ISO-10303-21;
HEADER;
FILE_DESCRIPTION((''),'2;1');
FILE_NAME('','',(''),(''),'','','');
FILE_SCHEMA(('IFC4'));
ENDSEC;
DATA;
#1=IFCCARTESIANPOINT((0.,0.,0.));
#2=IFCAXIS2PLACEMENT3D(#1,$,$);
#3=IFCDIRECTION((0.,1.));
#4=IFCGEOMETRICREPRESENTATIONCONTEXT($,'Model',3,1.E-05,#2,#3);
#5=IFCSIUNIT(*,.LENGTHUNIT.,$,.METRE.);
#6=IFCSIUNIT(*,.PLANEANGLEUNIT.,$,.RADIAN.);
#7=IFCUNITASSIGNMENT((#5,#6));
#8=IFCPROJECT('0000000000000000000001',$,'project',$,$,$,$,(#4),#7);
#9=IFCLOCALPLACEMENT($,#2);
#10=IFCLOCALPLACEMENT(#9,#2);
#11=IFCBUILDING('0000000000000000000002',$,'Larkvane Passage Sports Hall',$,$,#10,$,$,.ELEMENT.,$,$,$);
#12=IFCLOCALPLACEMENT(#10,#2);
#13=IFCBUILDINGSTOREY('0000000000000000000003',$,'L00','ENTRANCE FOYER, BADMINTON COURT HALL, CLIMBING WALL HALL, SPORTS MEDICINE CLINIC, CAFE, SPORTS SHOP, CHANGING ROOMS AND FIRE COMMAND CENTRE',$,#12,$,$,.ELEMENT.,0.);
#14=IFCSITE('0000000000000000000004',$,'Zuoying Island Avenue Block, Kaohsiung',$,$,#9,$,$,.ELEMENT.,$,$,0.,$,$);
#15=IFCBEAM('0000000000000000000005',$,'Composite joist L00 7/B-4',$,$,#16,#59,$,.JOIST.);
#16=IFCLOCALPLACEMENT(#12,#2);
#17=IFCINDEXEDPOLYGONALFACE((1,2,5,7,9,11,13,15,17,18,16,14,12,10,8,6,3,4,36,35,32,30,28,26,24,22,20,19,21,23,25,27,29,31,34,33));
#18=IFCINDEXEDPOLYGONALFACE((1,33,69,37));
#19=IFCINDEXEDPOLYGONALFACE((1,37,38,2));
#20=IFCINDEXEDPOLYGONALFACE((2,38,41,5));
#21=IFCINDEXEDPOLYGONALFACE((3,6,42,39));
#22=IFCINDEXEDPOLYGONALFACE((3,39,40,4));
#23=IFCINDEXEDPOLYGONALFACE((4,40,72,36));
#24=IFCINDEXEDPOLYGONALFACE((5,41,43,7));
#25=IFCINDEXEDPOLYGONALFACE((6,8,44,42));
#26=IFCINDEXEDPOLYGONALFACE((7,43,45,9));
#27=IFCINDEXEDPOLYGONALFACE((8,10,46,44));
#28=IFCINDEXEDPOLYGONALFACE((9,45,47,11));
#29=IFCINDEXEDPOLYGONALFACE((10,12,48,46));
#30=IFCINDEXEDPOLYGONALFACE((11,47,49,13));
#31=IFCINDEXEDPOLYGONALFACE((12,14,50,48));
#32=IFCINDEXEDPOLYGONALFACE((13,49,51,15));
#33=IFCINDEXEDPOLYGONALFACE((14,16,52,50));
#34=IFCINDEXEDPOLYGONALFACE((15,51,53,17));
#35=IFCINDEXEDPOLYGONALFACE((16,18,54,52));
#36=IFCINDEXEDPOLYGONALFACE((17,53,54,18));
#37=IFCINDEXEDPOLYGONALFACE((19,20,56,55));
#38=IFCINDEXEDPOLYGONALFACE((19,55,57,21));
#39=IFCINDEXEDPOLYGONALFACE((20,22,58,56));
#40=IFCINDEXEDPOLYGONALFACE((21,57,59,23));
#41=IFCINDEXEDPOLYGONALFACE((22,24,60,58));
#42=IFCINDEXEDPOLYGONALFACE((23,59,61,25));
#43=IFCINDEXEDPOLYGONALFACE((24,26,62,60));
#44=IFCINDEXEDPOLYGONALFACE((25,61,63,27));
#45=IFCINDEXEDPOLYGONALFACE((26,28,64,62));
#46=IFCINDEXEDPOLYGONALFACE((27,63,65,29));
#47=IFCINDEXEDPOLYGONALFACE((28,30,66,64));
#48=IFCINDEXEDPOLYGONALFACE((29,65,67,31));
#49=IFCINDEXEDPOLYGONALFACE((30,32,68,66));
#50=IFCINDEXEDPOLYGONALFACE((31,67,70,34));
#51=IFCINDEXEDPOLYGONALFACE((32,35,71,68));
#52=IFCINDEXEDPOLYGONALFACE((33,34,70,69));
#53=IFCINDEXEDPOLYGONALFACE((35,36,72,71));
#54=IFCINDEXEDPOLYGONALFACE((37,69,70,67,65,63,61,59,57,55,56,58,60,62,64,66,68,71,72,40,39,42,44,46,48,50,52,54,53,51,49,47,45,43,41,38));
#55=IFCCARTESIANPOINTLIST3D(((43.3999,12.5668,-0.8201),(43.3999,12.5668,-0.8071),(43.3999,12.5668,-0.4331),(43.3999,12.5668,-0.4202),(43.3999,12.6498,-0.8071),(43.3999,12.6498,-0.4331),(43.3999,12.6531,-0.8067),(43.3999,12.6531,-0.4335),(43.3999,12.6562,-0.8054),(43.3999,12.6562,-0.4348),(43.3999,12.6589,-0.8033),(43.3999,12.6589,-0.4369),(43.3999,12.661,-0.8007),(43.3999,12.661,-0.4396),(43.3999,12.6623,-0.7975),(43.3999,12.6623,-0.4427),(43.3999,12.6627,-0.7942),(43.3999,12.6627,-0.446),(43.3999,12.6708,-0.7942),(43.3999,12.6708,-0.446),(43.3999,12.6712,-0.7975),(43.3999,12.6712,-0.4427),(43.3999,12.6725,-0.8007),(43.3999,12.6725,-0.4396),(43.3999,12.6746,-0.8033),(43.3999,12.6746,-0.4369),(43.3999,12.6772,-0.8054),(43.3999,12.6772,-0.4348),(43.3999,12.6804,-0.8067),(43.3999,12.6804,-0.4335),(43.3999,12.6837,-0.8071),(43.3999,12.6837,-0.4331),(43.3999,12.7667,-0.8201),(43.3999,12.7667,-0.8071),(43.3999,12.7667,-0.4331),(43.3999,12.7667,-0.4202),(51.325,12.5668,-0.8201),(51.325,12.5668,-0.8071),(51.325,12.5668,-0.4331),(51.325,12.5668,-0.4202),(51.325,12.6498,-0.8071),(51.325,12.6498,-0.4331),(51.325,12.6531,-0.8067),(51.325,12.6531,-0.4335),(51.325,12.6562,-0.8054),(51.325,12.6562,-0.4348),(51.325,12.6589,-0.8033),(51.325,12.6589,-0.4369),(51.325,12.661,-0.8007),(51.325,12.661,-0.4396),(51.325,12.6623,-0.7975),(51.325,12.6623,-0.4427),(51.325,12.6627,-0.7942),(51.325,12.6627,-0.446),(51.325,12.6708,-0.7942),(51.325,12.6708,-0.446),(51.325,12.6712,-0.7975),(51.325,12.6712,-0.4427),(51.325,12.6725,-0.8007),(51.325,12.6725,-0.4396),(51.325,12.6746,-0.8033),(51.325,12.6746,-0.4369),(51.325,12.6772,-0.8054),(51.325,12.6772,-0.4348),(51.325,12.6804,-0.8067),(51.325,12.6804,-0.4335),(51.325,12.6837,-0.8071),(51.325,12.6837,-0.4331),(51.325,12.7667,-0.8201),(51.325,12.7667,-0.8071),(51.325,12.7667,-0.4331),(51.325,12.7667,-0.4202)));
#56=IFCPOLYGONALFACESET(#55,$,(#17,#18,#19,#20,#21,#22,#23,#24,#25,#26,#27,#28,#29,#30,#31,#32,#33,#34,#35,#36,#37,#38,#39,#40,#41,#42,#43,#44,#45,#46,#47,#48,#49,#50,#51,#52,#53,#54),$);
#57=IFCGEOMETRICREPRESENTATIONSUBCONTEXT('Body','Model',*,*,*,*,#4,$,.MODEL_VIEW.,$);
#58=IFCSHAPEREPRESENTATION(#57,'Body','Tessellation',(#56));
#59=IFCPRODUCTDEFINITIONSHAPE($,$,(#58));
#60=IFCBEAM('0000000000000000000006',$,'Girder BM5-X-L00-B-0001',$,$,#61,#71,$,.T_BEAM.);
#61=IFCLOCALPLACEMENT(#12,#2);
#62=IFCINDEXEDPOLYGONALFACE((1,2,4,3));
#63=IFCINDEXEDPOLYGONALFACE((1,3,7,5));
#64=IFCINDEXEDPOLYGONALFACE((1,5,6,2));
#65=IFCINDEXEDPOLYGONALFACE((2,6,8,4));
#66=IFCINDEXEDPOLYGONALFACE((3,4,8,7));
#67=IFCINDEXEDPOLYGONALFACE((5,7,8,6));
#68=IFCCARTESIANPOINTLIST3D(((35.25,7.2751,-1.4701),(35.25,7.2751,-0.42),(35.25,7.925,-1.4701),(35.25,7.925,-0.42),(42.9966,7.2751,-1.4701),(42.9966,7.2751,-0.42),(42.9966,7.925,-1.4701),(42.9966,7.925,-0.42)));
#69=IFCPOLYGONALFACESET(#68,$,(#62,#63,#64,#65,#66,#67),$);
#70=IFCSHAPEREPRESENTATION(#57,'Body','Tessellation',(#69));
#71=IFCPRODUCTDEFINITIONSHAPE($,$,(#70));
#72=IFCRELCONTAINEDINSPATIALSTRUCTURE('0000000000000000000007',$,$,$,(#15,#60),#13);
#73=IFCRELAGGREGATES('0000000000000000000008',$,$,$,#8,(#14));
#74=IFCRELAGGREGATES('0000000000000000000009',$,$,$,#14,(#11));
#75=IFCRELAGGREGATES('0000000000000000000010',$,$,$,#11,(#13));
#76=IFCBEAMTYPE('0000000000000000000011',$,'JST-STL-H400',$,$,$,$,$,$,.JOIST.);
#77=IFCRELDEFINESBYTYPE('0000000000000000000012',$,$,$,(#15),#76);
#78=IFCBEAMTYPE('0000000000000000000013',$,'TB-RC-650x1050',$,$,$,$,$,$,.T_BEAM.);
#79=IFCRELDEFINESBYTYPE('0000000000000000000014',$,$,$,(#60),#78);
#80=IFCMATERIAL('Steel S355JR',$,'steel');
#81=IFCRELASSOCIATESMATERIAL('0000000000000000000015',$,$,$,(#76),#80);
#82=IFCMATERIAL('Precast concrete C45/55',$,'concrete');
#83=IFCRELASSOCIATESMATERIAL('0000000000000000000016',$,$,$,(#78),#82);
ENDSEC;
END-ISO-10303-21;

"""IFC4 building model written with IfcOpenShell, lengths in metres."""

from ifc_helpers import new_model, si_unit, direction, frame, origin, origin_2d, place, context, subcontext, project, spatial, rectangle, i_section, extrude, material, material_profile, profile_set, type_object, element, save


model = new_model("IFC4")

# Units and contexts
model_context = context("Model", 3, precision=1e-05, world=origin(), true_north=direction((0.0, 1.0)))
body_context = subcontext(model_context, "Body", "Model", "MODEL_VIEW")
ifc_project = project(units=[si_unit("LENGTHUNIT", "METRE"), si_unit("PLANEANGLEUNIT", "RADIAN")], contexts=[model_context])

# Site, building, storey
site_placement = place(None, origin())
site = spatial("IfcSite", under=ifc_project, at=site_placement, Name="Zuoying Island Avenue Block, Kaohsiung", CompositionType="ELEMENT", RefElevation=0.0)
building_placement = place(site_placement, origin())
building = spatial("IfcBuilding", under=site, at=building_placement, Name="Larkvane Passage Sports Hall", CompositionType="ELEMENT")
storey_placement = place(building_placement, origin())
storey = spatial("IfcBuildingStorey", under=building, at=storey_placement, Name="L00", Description="ENTRANCE FOYER, BADMINTON COURT HALL, CLIMBING WALL HALL, SPORTS MEDICINE CLINIC, CAFE, SPORTS SHOP, CHANGING ROOMS AND FIRE COMMAND CENTRE", CompositionType="ELEMENT", Elevation=0.0)

# Beams
ifc_material_1 = material(Name="Steel S355JR", Category="steel")
ifc_material_profile_1 = material_profile(ifc_material_1, i_section(OverallWidth=0.2, OverallDepth=0.3999, WebThickness=0.0081, FlangeThickness=0.0129, FilletRadius=0.0129, at=origin_2d()), Name="H-400x200x8x13")
ifc_profile_set_1 = profile_set([ifc_material_profile_1], Name="Steel S355JR")
beam_type_1 = type_object("IfcBeamType", Name="JST-STL-H400", PredefinedType="JOIST", material=ifc_profile_set_1)
beam_1_placement = place(storey_placement, frame((43.3999, 12.6667, -0.6201), z_axis=(1.0, 0.0, 0.0), x_axis=(0.0, 1.0, 0.0)))
element("IfcBeam", 1, at=beam_1_placement, inside=storey, type_object=beam_type_1, Name="Composite joist L00 7/B-4", PredefinedType="JOIST", context=body_context, shape_type="SweptSolid", body=[
    extrude(i_section(OverallWidth=0.2, OverallDepth=0.3999, WebThickness=0.0081, FlangeThickness=0.0129, FilletRadius=0.0129, at=origin_2d()), origin(), (0.0, 0.0, 1.0), 7.925),
])
ifc_material_2 = material(Name="Precast concrete C45/55", Category="concrete")
ifc_material_profile_2 = material_profile(ifc_material_2, rectangle(XDim=0.6499, YDim=1.05, at=origin_2d()), Name="RC-TB-650x1050")
ifc_profile_set_2 = profile_set([ifc_material_profile_2], Name="Precast concrete C45/55")
beam_type_2 = type_object("IfcBeamType", Name="TB-RC-650x1050", PredefinedType="T_BEAM", material=ifc_profile_set_2)
beam_2_placement = place(storey_placement, frame((35.25, 7.6001, -0.9451), z_axis=(1.0, 0.0, 0.0), x_axis=(0.0, 1.0, 0.0)))
element("IfcBeam", 2, at=beam_2_placement, inside=storey, type_object=beam_type_2, Name="Girder BM5-X-L00-B-0001", PredefinedType="T_BEAM", context=body_context, shape_type="SweptSolid", body=[
    extrude(rectangle(XDim=0.6499, YDim=1.05, at=origin_2d()), origin(), (0.0, 0.0, 1.0), 7.7466),
])

save(model, "model.ifc")
